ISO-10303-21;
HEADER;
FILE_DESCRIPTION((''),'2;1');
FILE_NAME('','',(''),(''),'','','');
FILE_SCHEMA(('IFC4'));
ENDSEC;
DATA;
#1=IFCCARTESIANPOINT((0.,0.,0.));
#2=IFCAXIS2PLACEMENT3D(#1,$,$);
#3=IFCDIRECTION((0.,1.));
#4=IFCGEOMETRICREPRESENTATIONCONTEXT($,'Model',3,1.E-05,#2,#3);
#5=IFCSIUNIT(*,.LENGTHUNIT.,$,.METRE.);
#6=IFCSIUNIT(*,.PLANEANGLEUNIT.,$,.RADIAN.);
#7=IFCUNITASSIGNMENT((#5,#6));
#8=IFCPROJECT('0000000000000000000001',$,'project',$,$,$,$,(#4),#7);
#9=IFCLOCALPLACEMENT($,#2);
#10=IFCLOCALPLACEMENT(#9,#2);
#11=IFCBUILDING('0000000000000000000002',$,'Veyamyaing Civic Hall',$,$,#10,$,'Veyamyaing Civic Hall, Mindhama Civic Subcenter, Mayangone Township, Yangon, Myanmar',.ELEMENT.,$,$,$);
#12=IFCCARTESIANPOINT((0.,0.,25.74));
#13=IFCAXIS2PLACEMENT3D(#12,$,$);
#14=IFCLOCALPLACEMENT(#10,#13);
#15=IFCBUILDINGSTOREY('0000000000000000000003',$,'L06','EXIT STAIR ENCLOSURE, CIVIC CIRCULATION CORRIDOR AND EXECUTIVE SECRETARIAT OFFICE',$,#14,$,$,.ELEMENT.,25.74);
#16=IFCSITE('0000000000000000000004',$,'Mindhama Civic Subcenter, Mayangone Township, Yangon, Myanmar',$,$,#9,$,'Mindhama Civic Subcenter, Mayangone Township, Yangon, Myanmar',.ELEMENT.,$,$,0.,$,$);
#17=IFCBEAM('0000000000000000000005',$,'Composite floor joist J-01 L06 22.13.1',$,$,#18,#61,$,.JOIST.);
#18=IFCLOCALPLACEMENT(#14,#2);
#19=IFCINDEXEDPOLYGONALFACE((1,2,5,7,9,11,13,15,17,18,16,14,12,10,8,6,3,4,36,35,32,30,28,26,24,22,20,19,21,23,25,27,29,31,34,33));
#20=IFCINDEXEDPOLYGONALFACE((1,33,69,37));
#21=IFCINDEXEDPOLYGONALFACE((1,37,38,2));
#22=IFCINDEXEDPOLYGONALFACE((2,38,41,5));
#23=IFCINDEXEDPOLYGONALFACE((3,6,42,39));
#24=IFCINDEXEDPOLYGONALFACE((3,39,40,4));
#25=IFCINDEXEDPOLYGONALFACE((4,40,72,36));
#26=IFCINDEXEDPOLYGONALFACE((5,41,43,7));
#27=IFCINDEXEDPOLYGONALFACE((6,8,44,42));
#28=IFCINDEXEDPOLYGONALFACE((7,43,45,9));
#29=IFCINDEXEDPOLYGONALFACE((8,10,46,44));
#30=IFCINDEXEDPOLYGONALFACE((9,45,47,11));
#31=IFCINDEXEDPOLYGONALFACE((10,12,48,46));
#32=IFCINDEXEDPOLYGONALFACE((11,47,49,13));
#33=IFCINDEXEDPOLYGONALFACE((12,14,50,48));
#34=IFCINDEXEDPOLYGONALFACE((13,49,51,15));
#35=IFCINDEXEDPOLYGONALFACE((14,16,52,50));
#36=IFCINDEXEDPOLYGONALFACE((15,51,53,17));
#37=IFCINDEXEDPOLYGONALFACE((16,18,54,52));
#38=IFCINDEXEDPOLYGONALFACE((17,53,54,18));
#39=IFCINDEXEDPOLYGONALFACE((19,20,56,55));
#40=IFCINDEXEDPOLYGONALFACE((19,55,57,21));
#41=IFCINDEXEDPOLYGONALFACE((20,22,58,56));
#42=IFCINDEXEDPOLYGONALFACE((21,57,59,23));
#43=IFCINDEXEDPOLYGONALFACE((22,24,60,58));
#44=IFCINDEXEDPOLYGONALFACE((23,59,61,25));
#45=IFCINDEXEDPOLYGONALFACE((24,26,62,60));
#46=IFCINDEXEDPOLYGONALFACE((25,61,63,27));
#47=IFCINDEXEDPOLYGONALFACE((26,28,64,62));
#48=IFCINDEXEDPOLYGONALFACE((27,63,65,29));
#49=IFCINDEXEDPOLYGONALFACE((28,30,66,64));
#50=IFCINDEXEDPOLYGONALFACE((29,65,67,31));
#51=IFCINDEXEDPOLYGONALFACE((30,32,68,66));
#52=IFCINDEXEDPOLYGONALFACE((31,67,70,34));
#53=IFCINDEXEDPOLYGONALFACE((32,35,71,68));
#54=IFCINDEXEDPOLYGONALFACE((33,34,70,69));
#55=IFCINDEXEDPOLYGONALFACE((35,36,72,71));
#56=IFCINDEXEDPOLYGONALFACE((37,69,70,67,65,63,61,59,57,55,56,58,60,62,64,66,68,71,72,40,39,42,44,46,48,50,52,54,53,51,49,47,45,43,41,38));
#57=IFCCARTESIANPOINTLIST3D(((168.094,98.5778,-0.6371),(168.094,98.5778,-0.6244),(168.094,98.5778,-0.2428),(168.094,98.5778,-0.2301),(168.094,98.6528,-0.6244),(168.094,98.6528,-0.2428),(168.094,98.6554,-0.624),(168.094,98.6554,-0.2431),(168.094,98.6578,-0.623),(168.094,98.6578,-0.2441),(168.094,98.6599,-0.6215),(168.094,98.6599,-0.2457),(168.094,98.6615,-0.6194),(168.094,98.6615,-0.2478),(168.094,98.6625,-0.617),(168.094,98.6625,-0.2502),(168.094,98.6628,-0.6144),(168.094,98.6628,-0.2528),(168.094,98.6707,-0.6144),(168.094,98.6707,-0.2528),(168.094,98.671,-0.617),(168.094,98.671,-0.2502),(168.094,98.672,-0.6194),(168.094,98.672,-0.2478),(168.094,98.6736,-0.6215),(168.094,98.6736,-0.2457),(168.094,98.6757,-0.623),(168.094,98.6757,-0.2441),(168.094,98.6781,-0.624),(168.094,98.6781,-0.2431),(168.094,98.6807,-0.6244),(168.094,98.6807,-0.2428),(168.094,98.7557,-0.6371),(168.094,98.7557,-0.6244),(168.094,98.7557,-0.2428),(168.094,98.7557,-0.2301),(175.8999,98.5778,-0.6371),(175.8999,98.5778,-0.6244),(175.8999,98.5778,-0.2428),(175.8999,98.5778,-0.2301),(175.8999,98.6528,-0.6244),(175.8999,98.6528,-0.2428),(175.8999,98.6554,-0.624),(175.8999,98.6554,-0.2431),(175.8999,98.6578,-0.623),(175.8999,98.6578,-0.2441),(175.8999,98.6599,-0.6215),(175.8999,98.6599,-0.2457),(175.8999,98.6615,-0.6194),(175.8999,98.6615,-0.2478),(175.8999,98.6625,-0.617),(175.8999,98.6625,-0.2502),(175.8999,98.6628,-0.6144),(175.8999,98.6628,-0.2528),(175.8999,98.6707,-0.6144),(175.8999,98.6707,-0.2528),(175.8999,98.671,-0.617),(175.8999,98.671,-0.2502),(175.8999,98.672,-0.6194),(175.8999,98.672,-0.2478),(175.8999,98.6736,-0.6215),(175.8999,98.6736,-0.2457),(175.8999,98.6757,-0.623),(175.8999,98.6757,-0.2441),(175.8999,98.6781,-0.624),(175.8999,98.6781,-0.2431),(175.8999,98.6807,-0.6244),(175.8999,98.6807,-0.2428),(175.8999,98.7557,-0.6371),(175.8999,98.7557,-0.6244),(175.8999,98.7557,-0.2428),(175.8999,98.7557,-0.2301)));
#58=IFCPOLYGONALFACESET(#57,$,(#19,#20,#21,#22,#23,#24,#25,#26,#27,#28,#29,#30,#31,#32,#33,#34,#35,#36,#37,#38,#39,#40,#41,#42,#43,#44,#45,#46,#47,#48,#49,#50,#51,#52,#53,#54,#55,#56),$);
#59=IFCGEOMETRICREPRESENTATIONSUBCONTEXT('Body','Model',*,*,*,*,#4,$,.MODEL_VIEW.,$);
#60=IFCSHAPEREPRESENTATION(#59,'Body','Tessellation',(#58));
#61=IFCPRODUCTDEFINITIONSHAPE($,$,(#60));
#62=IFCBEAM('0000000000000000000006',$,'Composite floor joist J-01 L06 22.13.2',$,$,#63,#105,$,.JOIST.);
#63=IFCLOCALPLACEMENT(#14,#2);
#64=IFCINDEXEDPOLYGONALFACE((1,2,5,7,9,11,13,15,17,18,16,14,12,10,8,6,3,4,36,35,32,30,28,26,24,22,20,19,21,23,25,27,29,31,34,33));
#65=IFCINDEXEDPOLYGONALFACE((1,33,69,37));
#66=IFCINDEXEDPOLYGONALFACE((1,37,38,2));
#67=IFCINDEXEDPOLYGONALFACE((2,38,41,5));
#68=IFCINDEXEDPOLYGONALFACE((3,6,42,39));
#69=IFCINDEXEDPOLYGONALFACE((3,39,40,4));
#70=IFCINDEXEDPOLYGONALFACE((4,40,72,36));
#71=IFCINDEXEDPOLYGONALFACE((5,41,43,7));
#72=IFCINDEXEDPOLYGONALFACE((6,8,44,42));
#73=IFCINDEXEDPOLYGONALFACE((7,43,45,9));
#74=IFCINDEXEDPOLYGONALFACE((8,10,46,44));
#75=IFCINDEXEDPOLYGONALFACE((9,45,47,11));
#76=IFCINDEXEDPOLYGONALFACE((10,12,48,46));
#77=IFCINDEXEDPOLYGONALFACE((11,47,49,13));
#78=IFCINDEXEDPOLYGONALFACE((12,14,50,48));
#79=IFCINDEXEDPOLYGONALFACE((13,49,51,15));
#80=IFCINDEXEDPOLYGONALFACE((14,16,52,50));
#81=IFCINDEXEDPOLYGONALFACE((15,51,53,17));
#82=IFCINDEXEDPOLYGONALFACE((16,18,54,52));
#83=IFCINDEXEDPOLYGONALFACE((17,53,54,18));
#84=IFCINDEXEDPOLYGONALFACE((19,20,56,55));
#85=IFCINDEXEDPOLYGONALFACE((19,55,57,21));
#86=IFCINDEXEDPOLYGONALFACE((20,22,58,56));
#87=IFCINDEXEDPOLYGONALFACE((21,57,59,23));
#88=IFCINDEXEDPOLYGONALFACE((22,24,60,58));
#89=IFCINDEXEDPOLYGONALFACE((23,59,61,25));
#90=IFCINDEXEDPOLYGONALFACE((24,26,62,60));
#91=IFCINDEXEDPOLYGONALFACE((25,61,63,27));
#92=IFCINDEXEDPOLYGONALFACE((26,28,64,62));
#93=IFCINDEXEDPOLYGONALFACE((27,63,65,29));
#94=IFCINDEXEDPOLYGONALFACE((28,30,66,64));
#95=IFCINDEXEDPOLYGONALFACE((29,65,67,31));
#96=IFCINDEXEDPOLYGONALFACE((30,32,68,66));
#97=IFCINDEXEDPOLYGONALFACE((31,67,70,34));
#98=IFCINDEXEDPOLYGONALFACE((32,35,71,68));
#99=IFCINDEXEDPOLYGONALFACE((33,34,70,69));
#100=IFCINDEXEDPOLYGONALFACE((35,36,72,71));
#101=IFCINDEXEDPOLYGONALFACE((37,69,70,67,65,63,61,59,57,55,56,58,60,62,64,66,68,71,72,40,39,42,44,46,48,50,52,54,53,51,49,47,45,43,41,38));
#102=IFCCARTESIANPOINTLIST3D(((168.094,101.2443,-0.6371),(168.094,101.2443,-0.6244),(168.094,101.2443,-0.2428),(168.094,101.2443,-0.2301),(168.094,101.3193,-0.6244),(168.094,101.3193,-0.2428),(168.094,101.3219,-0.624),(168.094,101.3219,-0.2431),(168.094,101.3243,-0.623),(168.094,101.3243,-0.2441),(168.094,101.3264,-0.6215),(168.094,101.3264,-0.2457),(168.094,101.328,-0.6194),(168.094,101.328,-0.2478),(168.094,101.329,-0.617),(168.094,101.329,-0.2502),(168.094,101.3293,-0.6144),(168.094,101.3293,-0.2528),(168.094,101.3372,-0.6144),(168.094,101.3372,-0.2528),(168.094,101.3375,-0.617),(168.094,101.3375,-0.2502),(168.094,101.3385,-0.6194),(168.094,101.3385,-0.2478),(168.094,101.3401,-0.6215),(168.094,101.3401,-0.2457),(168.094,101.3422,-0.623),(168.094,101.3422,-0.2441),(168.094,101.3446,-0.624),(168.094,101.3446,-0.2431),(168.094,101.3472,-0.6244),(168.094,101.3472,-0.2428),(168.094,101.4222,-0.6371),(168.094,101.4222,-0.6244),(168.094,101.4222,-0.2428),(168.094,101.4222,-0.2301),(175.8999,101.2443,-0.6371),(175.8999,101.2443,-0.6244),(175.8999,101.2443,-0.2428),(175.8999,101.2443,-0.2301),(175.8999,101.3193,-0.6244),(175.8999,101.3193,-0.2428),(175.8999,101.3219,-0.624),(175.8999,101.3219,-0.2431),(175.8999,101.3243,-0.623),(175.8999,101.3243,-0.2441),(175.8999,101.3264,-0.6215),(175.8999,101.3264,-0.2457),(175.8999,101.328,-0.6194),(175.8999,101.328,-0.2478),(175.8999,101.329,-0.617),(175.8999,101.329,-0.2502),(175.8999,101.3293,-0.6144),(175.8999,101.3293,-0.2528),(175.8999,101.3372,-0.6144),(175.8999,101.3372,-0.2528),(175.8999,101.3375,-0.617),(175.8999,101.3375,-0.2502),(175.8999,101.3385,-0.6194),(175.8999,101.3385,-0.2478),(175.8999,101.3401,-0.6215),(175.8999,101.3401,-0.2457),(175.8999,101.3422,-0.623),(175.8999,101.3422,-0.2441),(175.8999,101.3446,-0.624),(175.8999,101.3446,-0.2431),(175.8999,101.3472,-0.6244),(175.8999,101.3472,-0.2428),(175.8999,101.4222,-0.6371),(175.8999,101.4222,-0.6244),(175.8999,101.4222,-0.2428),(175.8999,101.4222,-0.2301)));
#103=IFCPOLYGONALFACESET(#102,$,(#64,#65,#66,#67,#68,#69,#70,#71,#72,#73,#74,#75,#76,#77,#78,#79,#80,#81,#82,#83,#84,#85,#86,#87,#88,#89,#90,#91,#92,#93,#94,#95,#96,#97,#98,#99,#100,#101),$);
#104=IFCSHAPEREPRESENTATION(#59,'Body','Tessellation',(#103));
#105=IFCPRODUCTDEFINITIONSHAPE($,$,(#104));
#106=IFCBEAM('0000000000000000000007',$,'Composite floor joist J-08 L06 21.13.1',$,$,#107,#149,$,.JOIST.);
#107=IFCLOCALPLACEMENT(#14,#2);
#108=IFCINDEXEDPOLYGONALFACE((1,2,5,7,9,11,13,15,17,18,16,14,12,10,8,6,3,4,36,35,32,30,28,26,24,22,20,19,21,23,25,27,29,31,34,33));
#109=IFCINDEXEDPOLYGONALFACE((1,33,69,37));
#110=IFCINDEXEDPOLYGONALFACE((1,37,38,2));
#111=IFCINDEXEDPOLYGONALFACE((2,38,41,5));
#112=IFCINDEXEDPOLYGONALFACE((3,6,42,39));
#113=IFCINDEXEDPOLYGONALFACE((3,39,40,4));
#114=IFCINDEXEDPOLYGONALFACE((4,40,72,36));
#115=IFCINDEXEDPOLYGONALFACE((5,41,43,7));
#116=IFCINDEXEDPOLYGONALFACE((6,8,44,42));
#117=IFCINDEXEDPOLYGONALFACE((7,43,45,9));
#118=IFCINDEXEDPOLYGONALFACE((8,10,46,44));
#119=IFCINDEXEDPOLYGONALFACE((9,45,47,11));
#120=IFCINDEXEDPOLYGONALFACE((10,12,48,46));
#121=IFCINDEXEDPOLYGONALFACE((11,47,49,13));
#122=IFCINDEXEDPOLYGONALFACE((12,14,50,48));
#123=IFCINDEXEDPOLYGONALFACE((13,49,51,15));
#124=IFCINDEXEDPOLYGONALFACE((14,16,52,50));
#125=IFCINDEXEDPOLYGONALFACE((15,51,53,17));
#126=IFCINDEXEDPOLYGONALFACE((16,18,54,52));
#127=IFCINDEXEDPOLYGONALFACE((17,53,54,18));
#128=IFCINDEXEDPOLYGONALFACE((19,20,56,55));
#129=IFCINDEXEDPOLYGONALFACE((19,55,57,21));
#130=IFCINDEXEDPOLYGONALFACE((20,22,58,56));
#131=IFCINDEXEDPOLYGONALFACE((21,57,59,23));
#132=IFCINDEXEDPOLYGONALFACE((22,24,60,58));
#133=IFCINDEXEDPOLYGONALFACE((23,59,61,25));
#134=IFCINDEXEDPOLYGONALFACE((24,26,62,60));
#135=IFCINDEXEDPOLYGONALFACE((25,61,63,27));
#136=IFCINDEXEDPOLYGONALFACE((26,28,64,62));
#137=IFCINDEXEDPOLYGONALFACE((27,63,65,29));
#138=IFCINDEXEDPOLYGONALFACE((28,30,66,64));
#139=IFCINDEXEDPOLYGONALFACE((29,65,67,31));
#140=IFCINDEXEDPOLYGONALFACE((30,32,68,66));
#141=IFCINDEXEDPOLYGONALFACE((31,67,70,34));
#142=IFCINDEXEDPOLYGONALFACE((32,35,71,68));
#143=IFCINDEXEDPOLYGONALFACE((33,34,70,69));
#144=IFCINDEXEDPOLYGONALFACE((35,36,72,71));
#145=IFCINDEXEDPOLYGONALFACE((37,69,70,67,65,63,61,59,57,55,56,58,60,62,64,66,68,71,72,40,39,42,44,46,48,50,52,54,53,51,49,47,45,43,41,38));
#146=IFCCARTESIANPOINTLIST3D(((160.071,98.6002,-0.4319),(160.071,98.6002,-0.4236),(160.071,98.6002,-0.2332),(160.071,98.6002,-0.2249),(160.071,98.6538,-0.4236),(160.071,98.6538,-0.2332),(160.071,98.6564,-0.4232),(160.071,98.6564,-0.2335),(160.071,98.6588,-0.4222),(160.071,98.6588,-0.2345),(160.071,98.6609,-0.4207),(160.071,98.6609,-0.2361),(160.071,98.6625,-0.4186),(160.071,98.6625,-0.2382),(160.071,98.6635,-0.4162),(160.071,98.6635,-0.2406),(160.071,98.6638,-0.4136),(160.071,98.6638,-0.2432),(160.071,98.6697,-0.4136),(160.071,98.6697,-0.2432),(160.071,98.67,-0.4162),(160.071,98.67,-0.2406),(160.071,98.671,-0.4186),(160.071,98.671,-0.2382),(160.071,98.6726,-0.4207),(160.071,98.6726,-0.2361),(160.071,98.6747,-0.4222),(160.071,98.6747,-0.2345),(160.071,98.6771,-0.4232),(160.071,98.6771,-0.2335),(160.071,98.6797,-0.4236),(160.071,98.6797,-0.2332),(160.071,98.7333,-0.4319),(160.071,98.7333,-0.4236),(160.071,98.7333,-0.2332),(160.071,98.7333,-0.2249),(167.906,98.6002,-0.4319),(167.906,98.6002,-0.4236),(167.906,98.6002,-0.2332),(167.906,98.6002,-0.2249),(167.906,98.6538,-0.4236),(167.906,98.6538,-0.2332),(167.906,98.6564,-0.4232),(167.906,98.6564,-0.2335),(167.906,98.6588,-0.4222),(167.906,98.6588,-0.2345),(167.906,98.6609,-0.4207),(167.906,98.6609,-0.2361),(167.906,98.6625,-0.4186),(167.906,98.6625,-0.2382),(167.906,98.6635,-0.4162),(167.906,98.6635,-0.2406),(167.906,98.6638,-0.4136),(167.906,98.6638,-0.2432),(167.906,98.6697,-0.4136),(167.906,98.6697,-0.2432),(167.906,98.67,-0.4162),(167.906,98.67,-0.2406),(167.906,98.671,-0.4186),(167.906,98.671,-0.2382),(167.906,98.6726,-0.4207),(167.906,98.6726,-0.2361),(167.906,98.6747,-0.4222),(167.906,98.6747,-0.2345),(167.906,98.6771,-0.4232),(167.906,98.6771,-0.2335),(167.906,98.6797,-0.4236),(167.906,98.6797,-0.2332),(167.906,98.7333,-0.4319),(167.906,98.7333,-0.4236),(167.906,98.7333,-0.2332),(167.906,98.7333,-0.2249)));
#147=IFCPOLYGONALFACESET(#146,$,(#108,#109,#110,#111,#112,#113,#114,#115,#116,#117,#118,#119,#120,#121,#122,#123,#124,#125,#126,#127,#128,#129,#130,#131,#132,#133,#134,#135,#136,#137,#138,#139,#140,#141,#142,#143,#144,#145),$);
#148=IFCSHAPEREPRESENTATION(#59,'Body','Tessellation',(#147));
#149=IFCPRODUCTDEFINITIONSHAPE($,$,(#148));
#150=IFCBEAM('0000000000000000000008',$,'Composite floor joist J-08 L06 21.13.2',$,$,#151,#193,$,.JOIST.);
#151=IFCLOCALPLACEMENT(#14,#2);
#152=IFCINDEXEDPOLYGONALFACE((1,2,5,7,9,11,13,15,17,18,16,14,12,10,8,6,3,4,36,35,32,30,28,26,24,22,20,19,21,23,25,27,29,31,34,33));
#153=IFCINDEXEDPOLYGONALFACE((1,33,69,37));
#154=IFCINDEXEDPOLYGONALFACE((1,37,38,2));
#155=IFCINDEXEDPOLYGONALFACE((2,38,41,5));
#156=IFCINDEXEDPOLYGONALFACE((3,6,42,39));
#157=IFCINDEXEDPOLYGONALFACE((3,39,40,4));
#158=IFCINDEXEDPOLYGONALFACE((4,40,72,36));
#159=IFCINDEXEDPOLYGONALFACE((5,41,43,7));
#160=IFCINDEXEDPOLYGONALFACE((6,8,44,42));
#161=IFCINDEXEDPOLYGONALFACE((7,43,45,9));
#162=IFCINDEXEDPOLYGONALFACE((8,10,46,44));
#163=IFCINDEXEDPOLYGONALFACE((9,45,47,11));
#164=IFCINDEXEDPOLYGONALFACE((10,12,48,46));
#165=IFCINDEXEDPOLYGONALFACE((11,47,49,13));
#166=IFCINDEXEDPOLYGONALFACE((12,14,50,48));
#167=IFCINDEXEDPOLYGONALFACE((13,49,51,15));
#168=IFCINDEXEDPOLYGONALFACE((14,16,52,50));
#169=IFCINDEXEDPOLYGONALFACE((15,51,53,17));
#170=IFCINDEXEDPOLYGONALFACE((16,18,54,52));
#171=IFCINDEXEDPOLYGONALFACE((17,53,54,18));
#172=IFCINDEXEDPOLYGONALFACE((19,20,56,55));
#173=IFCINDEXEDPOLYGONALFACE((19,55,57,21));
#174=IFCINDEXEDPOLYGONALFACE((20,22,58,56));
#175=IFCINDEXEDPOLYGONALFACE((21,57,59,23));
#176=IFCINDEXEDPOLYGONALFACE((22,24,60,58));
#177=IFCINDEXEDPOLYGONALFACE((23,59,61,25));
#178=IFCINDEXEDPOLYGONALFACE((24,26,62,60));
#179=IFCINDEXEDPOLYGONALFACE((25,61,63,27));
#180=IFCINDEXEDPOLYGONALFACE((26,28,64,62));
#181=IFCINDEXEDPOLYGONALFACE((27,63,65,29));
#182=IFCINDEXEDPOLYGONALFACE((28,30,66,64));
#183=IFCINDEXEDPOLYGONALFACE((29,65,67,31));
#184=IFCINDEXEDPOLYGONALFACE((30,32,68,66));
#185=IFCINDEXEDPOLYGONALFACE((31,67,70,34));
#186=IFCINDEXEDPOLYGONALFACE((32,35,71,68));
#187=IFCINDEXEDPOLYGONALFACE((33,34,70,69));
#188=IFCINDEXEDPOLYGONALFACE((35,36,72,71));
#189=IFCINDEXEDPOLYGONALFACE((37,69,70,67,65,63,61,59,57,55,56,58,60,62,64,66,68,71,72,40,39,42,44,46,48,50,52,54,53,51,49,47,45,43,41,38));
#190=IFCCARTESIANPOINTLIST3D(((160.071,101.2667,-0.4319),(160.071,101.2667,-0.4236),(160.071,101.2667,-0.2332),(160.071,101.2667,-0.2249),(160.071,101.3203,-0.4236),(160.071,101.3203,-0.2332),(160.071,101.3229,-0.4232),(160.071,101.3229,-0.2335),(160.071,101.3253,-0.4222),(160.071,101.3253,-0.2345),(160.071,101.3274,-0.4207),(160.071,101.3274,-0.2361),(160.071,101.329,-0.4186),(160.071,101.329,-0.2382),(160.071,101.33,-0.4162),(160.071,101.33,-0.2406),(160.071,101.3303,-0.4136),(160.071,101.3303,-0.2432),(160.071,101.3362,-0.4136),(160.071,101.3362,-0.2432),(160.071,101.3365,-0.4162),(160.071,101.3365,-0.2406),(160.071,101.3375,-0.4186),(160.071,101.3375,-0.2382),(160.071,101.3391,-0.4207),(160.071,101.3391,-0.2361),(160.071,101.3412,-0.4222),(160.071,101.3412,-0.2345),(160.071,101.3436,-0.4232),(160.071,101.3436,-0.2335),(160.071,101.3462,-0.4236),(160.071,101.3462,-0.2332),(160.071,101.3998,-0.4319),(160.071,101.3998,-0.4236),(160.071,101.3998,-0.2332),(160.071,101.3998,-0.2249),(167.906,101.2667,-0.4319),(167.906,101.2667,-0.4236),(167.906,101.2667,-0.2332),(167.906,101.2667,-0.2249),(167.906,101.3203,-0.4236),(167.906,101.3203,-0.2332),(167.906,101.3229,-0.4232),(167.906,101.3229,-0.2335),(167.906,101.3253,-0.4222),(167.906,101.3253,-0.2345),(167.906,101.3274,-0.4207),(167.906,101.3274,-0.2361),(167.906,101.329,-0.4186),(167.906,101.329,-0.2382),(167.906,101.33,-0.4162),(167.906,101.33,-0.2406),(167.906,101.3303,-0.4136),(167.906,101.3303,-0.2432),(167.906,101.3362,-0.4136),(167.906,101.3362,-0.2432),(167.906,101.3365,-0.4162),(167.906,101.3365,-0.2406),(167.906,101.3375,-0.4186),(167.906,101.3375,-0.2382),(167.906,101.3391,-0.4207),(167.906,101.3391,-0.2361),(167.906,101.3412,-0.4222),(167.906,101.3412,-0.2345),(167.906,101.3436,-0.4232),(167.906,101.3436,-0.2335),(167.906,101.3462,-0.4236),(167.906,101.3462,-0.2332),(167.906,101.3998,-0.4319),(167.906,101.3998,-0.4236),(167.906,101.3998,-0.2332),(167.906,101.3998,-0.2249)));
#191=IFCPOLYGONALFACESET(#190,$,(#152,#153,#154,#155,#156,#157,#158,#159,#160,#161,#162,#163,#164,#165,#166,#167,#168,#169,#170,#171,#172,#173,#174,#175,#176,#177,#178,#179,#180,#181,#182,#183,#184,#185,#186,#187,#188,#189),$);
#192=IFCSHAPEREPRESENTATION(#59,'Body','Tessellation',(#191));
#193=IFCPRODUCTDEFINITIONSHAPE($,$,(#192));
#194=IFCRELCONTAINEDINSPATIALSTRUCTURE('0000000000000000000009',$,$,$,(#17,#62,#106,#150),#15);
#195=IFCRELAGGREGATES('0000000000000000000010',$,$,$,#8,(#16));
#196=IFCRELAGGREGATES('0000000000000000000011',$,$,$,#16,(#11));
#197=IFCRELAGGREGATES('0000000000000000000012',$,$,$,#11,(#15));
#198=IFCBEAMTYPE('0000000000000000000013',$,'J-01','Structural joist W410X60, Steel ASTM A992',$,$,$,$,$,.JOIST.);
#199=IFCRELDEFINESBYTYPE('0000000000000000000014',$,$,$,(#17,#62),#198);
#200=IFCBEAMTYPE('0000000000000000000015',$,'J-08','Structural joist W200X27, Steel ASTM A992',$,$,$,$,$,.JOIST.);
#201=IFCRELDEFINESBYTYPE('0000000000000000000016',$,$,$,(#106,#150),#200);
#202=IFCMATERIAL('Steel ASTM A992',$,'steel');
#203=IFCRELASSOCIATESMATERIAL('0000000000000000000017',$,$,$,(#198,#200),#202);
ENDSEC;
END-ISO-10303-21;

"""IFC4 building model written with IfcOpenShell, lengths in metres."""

from ifc_helpers import new_model, si_unit, direction, frame, origin, origin_2d, place, context, subcontext, project, spatial, i_section, extrude, material, material_profile, profile_set, type_object, element, save


model = new_model("IFC4")

# Units and contexts
model_context = context("Model", 3, precision=1e-05, world=origin(), true_north=direction((0.0, 1.0)))
body_context = subcontext(model_context, "Body", "Model", "MODEL_VIEW")
ifc_project = project(units=[si_unit("LENGTHUNIT", "METRE"), si_unit("PLANEANGLEUNIT", "RADIAN")], contexts=[model_context])

# Site, building, storey
site_placement = place(None, origin())
site = spatial("IfcSite", under=ifc_project, at=site_placement, Name="Mindhama Civic Subcenter, Mayangone Township, Yangon, Myanmar", LongName="Mindhama Civic Subcenter, Mayangone Township, Yangon, Myanmar", CompositionType="ELEMENT", RefElevation=0.0)
building_placement = place(site_placement, origin())
building = spatial("IfcBuilding", under=site, at=building_placement, Name="Veyamyaing Civic Hall", LongName="Veyamyaing Civic Hall, Mindhama Civic Subcenter, Mayangone Township, Yangon, Myanmar", CompositionType="ELEMENT")
storey_placement = place(building_placement, frame((0.0, 0.0, 25.74)))
storey = spatial("IfcBuildingStorey", under=building, at=storey_placement, Name="L06", Description="EXIT STAIR ENCLOSURE, CIVIC CIRCULATION CORRIDOR AND EXECUTIVE SECRETARIAT OFFICE", CompositionType="ELEMENT", Elevation=25.74)

# Beams
ifc_material_1 = material(Name="Steel ASTM A992", Category="steel")
ifc_material_profile_1 = material_profile(ifc_material_1, i_section(OverallWidth=0.178, OverallDepth=0.407, WebThickness=0.0078, FlangeThickness=0.0127, FilletRadius=0.01, at=origin_2d()), Name="W410X60")
ifc_profile_set_1 = profile_set([ifc_material_profile_1], Name="Steel ASTM A992")
beam_type_1 = type_object("IfcBeamType", Name="J-01", Description="Structural joist W410X60, Steel ASTM A992", PredefinedType="JOIST", material=ifc_profile_set_1)
for number, where, z_axis, x_axis, name in (
    (1, (168.094, 98.6667, -0.4336), (1.0, 0.0, 0.0), (0.0, 1.0, 0.0), "Composite floor joist J-01 L06 22.13.1"),
    (2, (168.094, 101.3333, -0.4336), (1.0, 0.0, 0.0), (0.0, 1.0, 0.0), "Composite floor joist J-01 L06 22.13.2"),
):
    element("IfcBeam", number, at=place(storey_placement, frame(where, z_axis=z_axis, x_axis=x_axis)), inside=storey, type_object=beam_type_1, Name=name, PredefinedType="JOIST", context=body_context, shape_type="SweptSolid", body=[
        extrude(i_section(OverallWidth=0.178, OverallDepth=0.407, WebThickness=0.0078, FlangeThickness=0.0127, FilletRadius=0.01, at=origin_2d()), origin(), (0.0, 0.0, 1.0), 7.8059),
    ])
ifc_material_profile_2 = material_profile(ifc_material_1, i_section(OverallWidth=0.1331, OverallDepth=0.207, WebThickness=0.0059, FlangeThickness=0.0083, FilletRadius=0.01, at=origin_2d()), Name="W200X27")
ifc_profile_set_2 = profile_set([ifc_material_profile_2], Name="Steel ASTM A992")
beam_type_2 = type_object("IfcBeamType", Name="J-08", Description="Structural joist W200X27, Steel ASTM A992", PredefinedType="JOIST", material=ifc_profile_set_2)
for number, where, z_axis, x_axis, name in (
    (3, (160.071, 98.6667, -0.3284), (1.0, 0.0, 0.0), (0.0, 1.0, 0.0), "Composite floor joist J-08 L06 21.13.1"),
    (4, (160.071, 101.3333, -0.3284), (1.0, 0.0, 0.0), (0.0, 1.0, 0.0), "Composite floor joist J-08 L06 21.13.2"),
):
    element("IfcBeam", number, at=place(storey_placement, frame(where, z_axis=z_axis, x_axis=x_axis)), inside=storey, type_object=beam_type_2, Name=name, PredefinedType="JOIST", context=body_context, shape_type="SweptSolid", body=[
        extrude(i_section(OverallWidth=0.1331, OverallDepth=0.207, WebThickness=0.0059, FlangeThickness=0.0083, FilletRadius=0.01, at=origin_2d()), origin(), (0.0, 0.0, 1.0), 7.835),
    ])

save(model, "model.ifc")
